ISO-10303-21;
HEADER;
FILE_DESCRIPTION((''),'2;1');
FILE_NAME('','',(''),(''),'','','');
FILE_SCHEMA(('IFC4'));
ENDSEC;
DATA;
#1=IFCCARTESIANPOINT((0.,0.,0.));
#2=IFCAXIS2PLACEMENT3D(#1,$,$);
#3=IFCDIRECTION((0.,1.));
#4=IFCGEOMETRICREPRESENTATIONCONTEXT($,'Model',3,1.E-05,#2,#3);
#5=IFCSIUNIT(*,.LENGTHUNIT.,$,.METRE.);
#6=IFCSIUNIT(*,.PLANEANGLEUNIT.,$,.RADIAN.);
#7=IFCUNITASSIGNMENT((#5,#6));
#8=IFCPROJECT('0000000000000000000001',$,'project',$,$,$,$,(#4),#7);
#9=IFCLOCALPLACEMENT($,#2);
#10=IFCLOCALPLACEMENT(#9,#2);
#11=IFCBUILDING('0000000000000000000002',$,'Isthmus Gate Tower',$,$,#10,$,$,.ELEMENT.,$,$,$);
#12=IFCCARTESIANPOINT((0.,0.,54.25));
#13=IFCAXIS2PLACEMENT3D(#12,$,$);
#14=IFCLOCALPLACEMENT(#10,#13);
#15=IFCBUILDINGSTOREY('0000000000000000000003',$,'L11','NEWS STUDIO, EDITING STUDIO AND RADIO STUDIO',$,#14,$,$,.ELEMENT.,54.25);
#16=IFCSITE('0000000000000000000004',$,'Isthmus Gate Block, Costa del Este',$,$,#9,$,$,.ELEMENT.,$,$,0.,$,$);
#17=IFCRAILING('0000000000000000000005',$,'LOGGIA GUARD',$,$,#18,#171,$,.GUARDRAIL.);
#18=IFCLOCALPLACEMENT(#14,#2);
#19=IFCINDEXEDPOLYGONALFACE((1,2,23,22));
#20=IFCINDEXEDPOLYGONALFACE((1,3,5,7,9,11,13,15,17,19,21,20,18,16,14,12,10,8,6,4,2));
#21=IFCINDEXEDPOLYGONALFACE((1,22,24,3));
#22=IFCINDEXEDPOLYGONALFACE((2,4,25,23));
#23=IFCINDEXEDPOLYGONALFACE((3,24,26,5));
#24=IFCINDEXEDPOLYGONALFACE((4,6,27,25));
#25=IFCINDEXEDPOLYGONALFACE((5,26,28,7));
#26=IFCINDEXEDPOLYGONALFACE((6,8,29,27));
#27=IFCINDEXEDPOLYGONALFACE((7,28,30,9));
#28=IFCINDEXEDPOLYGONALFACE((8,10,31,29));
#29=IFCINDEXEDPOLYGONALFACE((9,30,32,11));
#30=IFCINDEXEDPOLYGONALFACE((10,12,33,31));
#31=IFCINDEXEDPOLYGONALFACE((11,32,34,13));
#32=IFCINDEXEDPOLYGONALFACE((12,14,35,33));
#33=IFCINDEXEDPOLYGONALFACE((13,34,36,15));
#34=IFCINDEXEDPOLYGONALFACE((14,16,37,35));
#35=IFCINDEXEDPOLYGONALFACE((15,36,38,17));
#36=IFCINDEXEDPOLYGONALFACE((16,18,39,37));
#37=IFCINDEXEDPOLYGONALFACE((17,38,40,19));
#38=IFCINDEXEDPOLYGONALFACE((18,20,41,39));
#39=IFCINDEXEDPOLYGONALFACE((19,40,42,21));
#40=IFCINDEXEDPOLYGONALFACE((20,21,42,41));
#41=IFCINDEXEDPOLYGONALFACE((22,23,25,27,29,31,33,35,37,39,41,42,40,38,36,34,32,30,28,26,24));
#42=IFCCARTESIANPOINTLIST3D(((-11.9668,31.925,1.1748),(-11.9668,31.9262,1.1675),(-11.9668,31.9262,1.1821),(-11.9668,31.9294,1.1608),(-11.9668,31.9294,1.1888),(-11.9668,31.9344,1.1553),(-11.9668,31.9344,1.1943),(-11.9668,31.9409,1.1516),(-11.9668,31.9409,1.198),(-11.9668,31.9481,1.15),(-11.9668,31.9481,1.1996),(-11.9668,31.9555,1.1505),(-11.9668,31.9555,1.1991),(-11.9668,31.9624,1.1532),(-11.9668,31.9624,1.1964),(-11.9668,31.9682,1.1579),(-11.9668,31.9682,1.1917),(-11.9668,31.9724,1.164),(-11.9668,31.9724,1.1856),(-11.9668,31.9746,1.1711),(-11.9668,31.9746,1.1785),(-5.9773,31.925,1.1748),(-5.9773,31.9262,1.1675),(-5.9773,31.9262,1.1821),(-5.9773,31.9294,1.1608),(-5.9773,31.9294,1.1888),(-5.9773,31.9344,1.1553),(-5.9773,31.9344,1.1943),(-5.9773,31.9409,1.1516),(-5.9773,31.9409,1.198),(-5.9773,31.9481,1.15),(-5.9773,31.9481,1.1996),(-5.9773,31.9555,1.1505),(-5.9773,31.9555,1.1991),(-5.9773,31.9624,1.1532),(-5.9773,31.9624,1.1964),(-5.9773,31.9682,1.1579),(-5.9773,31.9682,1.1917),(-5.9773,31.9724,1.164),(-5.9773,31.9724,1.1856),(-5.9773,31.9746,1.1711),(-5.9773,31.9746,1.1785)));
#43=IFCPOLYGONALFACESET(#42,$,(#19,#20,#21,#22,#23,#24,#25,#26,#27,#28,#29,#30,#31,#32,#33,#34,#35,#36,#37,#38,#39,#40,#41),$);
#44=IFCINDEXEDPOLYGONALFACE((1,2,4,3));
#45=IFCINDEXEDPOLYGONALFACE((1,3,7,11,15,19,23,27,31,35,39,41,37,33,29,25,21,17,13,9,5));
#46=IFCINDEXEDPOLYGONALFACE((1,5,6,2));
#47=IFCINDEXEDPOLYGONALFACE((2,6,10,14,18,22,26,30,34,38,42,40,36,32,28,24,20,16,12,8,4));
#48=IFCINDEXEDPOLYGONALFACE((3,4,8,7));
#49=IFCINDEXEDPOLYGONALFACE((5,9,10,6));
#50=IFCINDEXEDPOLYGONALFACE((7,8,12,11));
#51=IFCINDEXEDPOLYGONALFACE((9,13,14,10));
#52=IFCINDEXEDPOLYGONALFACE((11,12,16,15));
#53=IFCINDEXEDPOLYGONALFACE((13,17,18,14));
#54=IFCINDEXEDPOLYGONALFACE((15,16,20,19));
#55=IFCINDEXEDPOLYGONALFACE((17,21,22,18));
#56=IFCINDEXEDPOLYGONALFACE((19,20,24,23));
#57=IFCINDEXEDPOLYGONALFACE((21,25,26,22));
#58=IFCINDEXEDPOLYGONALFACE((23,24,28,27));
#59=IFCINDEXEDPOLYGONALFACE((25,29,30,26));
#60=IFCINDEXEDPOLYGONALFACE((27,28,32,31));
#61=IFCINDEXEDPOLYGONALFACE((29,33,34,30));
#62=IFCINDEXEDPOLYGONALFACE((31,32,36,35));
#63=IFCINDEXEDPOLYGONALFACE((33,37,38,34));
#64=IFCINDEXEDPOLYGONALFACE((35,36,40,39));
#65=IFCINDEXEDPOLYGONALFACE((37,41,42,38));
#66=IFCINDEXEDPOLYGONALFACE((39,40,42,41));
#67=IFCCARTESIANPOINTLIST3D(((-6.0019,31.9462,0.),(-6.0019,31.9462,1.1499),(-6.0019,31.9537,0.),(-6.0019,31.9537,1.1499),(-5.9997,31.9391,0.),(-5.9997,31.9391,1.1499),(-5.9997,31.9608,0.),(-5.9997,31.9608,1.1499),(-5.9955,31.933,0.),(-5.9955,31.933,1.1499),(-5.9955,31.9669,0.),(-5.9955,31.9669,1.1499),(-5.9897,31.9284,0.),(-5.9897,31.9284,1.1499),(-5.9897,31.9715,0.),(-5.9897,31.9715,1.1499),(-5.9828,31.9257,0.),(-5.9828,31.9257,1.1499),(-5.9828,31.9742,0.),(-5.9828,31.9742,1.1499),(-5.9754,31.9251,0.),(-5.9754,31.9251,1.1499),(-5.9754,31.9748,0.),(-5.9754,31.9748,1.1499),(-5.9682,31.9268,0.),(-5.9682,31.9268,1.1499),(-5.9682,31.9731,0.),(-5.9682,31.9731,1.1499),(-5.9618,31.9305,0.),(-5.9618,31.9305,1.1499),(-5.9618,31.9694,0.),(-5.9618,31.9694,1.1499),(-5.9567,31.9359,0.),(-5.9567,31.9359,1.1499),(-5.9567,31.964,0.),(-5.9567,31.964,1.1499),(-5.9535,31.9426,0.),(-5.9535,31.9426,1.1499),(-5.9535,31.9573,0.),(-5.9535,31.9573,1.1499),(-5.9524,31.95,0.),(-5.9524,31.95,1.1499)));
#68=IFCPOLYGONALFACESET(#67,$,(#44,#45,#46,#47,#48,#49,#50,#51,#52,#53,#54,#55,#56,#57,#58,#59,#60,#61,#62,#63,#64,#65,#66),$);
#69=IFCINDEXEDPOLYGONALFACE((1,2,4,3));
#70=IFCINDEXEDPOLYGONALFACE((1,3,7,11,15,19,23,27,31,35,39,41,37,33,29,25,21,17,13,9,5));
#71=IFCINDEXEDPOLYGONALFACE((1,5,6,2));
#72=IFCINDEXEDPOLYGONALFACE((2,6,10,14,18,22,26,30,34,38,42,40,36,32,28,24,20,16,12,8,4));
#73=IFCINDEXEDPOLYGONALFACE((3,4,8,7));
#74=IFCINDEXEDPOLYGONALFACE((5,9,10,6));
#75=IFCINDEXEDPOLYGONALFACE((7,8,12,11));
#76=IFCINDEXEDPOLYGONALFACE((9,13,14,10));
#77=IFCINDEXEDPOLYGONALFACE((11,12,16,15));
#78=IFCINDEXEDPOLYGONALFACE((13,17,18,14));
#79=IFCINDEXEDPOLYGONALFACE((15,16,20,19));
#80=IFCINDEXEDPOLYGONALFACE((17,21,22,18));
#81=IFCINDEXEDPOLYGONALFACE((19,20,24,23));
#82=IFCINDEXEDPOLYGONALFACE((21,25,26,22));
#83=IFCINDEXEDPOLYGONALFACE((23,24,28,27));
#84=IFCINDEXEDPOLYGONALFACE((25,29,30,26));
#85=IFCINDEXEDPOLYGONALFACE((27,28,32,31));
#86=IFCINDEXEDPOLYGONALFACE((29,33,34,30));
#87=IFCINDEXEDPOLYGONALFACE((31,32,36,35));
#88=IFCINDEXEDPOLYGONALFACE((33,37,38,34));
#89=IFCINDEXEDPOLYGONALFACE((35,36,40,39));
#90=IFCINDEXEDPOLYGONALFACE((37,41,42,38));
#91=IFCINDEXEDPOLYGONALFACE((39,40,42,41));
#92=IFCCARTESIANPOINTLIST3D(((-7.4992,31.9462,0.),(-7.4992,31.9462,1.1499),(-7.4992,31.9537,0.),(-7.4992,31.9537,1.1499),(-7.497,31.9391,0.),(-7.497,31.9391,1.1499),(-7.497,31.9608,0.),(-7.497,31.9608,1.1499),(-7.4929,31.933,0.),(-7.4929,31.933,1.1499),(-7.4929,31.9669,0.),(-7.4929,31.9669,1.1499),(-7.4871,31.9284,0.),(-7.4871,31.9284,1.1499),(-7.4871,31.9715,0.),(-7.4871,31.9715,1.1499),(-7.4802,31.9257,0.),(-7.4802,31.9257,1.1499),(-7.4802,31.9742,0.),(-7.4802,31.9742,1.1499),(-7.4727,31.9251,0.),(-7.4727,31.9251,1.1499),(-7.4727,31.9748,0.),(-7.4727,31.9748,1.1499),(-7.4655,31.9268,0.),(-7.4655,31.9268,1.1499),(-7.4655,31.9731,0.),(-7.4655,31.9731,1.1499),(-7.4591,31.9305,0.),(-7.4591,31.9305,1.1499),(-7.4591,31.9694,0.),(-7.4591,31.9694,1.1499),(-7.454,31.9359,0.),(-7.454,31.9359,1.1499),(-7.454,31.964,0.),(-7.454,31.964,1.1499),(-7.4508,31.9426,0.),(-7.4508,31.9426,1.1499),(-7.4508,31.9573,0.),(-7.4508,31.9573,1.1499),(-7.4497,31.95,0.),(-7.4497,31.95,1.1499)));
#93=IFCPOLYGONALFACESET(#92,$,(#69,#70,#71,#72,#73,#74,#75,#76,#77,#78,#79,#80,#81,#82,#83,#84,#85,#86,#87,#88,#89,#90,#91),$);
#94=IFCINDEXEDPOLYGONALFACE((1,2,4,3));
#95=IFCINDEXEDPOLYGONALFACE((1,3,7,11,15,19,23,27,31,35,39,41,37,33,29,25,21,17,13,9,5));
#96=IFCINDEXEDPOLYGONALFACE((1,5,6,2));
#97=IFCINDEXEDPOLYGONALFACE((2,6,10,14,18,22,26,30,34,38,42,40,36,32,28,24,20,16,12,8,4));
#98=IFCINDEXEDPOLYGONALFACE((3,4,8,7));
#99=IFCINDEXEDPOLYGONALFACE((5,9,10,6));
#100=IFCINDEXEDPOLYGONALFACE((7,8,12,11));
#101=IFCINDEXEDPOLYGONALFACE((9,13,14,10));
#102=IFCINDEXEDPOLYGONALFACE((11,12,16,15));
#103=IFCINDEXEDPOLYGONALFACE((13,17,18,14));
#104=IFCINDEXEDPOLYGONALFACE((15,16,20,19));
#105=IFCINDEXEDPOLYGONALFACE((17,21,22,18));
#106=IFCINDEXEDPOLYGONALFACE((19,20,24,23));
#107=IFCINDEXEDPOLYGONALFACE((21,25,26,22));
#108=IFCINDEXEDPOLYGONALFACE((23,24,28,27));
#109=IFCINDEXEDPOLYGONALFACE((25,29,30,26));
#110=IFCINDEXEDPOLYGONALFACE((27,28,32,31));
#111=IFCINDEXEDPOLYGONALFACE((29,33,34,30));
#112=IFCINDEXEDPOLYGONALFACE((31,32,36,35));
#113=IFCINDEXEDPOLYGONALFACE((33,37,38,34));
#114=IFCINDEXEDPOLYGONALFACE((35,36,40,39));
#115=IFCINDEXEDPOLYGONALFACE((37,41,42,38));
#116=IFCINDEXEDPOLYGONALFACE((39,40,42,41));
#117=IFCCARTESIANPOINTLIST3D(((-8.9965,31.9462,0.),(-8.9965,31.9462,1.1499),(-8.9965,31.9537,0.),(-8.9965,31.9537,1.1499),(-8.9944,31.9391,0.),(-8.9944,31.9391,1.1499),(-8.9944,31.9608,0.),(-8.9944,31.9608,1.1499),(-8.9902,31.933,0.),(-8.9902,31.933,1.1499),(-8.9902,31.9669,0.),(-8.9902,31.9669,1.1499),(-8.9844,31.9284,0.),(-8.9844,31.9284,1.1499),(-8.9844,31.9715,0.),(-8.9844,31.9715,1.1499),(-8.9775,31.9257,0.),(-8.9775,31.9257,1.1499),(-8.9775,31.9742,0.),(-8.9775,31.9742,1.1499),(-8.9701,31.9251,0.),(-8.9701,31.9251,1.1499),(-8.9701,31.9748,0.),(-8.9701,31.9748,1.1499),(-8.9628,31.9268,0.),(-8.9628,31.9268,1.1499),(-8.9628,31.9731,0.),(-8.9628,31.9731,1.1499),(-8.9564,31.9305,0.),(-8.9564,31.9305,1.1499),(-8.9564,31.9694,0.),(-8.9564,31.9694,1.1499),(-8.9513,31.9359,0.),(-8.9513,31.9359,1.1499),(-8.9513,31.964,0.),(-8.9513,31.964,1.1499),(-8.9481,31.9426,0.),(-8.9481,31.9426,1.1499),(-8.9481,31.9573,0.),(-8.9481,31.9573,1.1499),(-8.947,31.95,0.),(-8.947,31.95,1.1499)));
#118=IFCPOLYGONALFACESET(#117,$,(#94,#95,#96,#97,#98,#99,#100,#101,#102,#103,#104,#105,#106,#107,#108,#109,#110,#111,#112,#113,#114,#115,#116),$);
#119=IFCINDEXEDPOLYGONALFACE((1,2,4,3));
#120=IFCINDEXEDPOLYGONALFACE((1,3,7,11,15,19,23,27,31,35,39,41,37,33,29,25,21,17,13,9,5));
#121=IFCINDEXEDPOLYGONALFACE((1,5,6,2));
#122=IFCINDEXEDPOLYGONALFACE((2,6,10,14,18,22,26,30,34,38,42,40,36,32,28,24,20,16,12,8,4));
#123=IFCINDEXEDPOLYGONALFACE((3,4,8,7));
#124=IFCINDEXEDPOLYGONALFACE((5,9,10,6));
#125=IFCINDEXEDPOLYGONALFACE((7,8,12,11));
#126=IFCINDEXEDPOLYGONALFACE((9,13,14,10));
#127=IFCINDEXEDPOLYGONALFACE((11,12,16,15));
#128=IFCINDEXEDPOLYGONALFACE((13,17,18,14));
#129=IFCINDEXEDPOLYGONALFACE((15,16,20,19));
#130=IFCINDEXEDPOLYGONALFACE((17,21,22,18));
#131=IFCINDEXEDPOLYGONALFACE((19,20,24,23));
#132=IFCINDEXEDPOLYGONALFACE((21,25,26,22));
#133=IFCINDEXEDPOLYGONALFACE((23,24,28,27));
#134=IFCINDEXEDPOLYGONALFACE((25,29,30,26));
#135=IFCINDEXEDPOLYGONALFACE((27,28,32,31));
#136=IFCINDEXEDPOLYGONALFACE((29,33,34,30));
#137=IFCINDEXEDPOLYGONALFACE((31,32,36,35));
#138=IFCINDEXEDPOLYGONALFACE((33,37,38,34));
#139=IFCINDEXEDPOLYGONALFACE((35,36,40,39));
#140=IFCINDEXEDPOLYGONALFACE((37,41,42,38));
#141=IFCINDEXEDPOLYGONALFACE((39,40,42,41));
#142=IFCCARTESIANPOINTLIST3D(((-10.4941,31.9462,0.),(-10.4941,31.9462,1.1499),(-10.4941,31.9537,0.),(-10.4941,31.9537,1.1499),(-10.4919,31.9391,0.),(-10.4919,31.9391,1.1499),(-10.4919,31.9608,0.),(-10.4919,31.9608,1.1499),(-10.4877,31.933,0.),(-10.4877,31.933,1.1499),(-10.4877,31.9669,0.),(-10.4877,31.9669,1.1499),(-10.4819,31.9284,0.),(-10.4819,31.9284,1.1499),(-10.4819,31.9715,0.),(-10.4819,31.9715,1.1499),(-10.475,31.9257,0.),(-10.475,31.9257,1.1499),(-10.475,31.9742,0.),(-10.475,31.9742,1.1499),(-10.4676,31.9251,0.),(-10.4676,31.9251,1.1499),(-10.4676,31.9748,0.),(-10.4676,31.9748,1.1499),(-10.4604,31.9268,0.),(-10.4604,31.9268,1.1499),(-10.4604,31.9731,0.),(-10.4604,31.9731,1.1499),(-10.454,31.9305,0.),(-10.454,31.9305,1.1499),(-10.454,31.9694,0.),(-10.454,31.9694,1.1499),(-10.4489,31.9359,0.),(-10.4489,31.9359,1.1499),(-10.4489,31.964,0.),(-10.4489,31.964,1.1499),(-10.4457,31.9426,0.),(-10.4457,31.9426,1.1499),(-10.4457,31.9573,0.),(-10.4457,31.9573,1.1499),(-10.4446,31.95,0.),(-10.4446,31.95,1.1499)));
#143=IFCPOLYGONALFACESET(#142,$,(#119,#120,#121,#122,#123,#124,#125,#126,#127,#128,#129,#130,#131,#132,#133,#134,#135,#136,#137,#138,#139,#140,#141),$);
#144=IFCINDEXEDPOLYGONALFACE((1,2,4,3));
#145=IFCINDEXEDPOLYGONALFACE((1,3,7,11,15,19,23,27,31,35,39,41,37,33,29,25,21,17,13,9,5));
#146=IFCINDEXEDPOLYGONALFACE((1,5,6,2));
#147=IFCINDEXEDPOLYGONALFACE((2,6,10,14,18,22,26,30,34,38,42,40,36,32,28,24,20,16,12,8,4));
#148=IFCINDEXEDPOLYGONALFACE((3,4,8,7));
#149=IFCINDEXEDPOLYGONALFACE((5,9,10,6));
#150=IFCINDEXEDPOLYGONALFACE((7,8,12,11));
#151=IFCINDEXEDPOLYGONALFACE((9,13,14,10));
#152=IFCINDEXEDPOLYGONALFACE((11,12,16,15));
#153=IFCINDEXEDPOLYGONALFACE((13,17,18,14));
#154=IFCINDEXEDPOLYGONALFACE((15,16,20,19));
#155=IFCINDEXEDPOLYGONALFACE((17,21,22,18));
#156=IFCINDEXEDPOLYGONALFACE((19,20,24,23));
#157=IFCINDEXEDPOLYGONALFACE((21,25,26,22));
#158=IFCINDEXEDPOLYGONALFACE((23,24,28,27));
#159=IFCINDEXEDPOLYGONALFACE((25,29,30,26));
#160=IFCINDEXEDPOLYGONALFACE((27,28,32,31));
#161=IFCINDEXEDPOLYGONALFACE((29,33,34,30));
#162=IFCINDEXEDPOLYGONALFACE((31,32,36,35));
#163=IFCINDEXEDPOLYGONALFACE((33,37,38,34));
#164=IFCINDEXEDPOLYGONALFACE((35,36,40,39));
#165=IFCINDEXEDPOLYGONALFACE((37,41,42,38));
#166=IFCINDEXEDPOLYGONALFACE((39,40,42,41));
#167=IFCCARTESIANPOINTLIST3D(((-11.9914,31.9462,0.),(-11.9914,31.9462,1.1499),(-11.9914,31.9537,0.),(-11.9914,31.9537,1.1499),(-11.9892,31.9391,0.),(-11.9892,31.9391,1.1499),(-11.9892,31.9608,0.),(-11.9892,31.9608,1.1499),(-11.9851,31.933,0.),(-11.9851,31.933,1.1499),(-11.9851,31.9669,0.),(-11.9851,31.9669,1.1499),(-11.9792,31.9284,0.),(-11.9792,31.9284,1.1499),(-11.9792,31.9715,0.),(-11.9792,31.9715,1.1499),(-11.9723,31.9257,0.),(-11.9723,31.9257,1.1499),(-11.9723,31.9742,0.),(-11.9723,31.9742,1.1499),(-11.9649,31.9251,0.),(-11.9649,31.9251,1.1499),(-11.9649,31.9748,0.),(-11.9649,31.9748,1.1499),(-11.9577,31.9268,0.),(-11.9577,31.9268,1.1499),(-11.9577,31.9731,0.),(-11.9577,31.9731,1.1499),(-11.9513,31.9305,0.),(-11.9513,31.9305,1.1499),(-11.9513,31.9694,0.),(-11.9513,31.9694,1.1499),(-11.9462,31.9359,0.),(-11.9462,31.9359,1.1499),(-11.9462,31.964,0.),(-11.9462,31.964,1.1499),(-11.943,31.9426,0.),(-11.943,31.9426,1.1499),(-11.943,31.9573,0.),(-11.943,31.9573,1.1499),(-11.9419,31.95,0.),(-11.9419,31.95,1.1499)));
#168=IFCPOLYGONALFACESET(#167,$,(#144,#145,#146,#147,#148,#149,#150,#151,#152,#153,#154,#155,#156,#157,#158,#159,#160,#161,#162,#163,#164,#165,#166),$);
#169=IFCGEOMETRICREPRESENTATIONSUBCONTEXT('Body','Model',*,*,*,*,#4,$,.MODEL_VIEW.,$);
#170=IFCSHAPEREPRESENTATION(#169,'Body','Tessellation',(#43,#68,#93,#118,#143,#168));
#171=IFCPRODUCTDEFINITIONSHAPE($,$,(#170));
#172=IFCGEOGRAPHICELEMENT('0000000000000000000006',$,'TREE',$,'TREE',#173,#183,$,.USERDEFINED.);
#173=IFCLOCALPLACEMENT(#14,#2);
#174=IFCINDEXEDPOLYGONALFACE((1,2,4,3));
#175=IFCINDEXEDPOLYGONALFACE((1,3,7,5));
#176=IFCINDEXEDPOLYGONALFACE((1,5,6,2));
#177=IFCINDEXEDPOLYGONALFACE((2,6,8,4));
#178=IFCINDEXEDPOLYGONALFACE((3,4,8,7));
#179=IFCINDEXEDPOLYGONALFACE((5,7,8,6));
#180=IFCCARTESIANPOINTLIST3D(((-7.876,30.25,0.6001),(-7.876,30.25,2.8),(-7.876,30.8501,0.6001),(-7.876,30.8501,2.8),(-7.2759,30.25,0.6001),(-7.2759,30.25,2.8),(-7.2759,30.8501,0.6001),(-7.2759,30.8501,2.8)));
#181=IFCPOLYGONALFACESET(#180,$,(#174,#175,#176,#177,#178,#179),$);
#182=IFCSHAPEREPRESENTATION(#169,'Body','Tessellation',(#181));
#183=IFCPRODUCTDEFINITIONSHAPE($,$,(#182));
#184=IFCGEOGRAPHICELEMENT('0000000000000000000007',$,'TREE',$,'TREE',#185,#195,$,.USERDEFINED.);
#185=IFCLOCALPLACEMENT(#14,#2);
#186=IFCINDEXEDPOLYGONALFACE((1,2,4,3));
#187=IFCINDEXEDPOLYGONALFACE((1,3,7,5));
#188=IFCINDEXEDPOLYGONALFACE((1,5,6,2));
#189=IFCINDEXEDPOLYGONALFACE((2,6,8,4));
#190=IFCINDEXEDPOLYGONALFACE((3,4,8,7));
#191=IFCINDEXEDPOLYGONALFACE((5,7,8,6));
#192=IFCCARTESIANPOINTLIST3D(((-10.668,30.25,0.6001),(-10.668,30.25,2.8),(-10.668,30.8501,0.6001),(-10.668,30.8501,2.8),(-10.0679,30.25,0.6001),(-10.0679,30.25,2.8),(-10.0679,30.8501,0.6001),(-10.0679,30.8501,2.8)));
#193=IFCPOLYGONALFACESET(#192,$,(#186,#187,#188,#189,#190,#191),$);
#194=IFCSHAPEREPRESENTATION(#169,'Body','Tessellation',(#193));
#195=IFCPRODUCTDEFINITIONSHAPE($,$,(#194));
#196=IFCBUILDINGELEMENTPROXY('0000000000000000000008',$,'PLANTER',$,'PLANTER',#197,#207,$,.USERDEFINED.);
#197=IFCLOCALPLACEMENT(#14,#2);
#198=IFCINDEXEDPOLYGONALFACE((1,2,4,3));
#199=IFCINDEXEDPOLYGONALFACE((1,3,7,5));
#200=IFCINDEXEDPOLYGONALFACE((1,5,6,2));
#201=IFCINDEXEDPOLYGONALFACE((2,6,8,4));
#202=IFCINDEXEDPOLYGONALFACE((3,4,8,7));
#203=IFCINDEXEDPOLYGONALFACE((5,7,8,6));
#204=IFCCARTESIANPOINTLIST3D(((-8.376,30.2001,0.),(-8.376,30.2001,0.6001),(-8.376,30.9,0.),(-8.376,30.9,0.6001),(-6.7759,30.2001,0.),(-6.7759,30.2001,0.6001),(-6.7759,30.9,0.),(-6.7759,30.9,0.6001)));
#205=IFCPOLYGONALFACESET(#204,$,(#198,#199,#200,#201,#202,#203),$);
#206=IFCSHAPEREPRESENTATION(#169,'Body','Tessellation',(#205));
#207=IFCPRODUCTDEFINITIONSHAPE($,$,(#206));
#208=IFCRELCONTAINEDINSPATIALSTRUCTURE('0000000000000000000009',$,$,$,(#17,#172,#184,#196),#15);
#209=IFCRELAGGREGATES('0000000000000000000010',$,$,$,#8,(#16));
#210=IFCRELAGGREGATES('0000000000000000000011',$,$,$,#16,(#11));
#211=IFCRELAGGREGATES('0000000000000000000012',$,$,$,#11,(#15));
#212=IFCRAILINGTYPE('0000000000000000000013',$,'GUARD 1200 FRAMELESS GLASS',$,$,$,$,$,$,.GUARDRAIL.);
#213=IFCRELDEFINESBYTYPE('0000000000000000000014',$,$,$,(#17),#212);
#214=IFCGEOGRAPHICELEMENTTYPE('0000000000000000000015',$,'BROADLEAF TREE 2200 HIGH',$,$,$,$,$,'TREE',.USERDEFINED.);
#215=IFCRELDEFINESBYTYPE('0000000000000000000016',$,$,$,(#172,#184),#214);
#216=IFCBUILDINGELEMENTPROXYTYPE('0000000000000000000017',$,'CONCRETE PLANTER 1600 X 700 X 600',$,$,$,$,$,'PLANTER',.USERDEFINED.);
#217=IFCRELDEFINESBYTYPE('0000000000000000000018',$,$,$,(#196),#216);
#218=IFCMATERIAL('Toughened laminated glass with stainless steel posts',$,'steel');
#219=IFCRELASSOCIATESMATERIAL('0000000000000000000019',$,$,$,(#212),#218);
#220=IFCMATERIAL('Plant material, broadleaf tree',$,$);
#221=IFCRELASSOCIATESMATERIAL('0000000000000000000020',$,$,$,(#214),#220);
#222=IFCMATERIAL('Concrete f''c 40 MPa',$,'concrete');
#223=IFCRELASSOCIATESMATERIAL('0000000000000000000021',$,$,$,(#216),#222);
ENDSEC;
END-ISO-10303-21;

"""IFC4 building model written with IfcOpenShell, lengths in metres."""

from ifc_helpers import new_model, si_unit, direction, frame, origin, origin_2d, place, context, subcontext, project, spatial, rectangle, circle, extrude, material, type_object, element, save


model = new_model("IFC4")

# Units and contexts
model_context = context("Model", 3, precision=1e-05, world=origin(), true_north=direction((0.0, 1.0)))
body_context = subcontext(model_context, "Body", "Model", "MODEL_VIEW")
ifc_project = project(units=[si_unit("LENGTHUNIT", "METRE"), si_unit("PLANEANGLEUNIT", "RADIAN")], contexts=[model_context])

# Site, building, storey
site_placement = place(None, origin())
site = spatial("IfcSite", under=ifc_project, at=site_placement, Name="Isthmus Gate Block, Costa del Este", CompositionType="ELEMENT", RefElevation=0.0)
building_placement = place(site_placement, origin())
building = spatial("IfcBuilding", under=site, at=building_placement, Name="Isthmus Gate Tower", CompositionType="ELEMENT")
storey_placement = place(building_placement, frame((0.0, 0.0, 54.25)))
storey = spatial("IfcBuildingStorey", under=building, at=storey_placement, Name="L11", Description="NEWS STUDIO, EDITING STUDIO AND RADIO STUDIO", CompositionType="ELEMENT", Elevation=54.25)

# Railing
ifc_material_1 = material(Name="Toughened laminated glass with stainless steel posts", Category="steel")
railing_type = type_object("IfcRailingType", Name="GUARD 1200 FRAMELESS GLASS", PredefinedType="GUARDRAIL", material=ifc_material_1)
railing_placement = place(storey_placement, frame((-5.9773, 31.95, 0.0)))
element("IfcRailing", 1, at=railing_placement, inside=storey, type_object=railing_type, Name="LOGGIA GUARD", PredefinedType="GUARDRAIL", context=body_context, shape_type="SweptSolid", body=[
    extrude(circle(Radius=0.0249, at=origin_2d()), frame((0.0, 0.0, 1.1748), z_axis=(-1.0, 0.0, 0.0), x_axis=(0.0, -1.0, 0.0)), (0.0, 0.0, 1.0), 5.9895),
    extrude(circle(Radius=0.0249, at=origin_2d()), origin(), (0.0, 0.0, 1.0), 1.1499),
    extrude(circle(Radius=0.0249, at=origin_2d()), frame((-1.4973, 0.0, 0.0)), (0.0, 0.0, 1.0), 1.1499),
    extrude(circle(Radius=0.0249, at=origin_2d()), frame((-2.9946, 0.0, 0.0)), (0.0, 0.0, 1.0), 1.1499),
    extrude(circle(Radius=0.0249, at=origin_2d()), frame((-4.4922, 0.0, 0.0)), (0.0, 0.0, 1.0), 1.1499),
    extrude(circle(Radius=0.0249, at=origin_2d()), frame((-5.9895, 0.0, 0.0)), (0.0, 0.0, 1.0), 1.1499),
])

# Geographic elements
ifc_material_2 = material(Name="Plant material, broadleaf tree")
geographic_element_type = type_object("IfcGeographicElementType", Name="BROADLEAF TREE 2200 HIGH", ElementType="TREE", PredefinedType="USERDEFINED", material=ifc_material_2)
for number, where, z_axis, x_axis, name in (
    (2, (-7.5759, 30.55, 0.6001), (0.0, 0.0, 1.0), (-1.0, 0.0, 0.0), "TREE"),
    (3, (-10.3679, 30.55, 0.6001), (0.0, 0.0, 1.0), (-1.0, 0.0, 0.0), "TREE"),
):
    element("IfcGeographicElement", number, at=place(storey_placement, frame(where, z_axis=z_axis, x_axis=x_axis)), inside=storey, type_object=geographic_element_type, Name=name, ObjectType="TREE", PredefinedType="USERDEFINED", context=body_context, shape_type="SweptSolid", body=[
        extrude(rectangle(XDim=0.6001, YDim=0.6001, at=origin_2d()), origin(), (0.0, 0.0, 1.0), 2.2),
    ])

# Building element proxy
ifc_material_3 = material(Name="Concrete f'c 40 MPa", Category="concrete")
building_element_proxy_type = type_object("IfcBuildingElementProxyType", Name="CONCRETE PLANTER 1600 X 700 X 600", ElementType="PLANTER", PredefinedType="USERDEFINED", material=ifc_material_3)
for number, where, z_axis, x_axis, name in (
    (4, (-7.5759, 30.55, 0.0), (0.0, 0.0, 1.0), (-1.0, 0.0, 0.0), "PLANTER"),
):
    element("IfcBuildingElementProxy", number, at=place(storey_placement, frame(where, z_axis=z_axis, x_axis=x_axis)), inside=storey, type_object=building_element_proxy_type, Name=name, ObjectType="PLANTER", PredefinedType="USERDEFINED", context=body_context, shape_type="SweptSolid", body=[
        extrude(rectangle(XDim=1.6001, YDim=0.7, at=origin_2d()), origin(), (0.0, 0.0, 1.0), 0.6001),
    ])

save(model, "model.ifc")
